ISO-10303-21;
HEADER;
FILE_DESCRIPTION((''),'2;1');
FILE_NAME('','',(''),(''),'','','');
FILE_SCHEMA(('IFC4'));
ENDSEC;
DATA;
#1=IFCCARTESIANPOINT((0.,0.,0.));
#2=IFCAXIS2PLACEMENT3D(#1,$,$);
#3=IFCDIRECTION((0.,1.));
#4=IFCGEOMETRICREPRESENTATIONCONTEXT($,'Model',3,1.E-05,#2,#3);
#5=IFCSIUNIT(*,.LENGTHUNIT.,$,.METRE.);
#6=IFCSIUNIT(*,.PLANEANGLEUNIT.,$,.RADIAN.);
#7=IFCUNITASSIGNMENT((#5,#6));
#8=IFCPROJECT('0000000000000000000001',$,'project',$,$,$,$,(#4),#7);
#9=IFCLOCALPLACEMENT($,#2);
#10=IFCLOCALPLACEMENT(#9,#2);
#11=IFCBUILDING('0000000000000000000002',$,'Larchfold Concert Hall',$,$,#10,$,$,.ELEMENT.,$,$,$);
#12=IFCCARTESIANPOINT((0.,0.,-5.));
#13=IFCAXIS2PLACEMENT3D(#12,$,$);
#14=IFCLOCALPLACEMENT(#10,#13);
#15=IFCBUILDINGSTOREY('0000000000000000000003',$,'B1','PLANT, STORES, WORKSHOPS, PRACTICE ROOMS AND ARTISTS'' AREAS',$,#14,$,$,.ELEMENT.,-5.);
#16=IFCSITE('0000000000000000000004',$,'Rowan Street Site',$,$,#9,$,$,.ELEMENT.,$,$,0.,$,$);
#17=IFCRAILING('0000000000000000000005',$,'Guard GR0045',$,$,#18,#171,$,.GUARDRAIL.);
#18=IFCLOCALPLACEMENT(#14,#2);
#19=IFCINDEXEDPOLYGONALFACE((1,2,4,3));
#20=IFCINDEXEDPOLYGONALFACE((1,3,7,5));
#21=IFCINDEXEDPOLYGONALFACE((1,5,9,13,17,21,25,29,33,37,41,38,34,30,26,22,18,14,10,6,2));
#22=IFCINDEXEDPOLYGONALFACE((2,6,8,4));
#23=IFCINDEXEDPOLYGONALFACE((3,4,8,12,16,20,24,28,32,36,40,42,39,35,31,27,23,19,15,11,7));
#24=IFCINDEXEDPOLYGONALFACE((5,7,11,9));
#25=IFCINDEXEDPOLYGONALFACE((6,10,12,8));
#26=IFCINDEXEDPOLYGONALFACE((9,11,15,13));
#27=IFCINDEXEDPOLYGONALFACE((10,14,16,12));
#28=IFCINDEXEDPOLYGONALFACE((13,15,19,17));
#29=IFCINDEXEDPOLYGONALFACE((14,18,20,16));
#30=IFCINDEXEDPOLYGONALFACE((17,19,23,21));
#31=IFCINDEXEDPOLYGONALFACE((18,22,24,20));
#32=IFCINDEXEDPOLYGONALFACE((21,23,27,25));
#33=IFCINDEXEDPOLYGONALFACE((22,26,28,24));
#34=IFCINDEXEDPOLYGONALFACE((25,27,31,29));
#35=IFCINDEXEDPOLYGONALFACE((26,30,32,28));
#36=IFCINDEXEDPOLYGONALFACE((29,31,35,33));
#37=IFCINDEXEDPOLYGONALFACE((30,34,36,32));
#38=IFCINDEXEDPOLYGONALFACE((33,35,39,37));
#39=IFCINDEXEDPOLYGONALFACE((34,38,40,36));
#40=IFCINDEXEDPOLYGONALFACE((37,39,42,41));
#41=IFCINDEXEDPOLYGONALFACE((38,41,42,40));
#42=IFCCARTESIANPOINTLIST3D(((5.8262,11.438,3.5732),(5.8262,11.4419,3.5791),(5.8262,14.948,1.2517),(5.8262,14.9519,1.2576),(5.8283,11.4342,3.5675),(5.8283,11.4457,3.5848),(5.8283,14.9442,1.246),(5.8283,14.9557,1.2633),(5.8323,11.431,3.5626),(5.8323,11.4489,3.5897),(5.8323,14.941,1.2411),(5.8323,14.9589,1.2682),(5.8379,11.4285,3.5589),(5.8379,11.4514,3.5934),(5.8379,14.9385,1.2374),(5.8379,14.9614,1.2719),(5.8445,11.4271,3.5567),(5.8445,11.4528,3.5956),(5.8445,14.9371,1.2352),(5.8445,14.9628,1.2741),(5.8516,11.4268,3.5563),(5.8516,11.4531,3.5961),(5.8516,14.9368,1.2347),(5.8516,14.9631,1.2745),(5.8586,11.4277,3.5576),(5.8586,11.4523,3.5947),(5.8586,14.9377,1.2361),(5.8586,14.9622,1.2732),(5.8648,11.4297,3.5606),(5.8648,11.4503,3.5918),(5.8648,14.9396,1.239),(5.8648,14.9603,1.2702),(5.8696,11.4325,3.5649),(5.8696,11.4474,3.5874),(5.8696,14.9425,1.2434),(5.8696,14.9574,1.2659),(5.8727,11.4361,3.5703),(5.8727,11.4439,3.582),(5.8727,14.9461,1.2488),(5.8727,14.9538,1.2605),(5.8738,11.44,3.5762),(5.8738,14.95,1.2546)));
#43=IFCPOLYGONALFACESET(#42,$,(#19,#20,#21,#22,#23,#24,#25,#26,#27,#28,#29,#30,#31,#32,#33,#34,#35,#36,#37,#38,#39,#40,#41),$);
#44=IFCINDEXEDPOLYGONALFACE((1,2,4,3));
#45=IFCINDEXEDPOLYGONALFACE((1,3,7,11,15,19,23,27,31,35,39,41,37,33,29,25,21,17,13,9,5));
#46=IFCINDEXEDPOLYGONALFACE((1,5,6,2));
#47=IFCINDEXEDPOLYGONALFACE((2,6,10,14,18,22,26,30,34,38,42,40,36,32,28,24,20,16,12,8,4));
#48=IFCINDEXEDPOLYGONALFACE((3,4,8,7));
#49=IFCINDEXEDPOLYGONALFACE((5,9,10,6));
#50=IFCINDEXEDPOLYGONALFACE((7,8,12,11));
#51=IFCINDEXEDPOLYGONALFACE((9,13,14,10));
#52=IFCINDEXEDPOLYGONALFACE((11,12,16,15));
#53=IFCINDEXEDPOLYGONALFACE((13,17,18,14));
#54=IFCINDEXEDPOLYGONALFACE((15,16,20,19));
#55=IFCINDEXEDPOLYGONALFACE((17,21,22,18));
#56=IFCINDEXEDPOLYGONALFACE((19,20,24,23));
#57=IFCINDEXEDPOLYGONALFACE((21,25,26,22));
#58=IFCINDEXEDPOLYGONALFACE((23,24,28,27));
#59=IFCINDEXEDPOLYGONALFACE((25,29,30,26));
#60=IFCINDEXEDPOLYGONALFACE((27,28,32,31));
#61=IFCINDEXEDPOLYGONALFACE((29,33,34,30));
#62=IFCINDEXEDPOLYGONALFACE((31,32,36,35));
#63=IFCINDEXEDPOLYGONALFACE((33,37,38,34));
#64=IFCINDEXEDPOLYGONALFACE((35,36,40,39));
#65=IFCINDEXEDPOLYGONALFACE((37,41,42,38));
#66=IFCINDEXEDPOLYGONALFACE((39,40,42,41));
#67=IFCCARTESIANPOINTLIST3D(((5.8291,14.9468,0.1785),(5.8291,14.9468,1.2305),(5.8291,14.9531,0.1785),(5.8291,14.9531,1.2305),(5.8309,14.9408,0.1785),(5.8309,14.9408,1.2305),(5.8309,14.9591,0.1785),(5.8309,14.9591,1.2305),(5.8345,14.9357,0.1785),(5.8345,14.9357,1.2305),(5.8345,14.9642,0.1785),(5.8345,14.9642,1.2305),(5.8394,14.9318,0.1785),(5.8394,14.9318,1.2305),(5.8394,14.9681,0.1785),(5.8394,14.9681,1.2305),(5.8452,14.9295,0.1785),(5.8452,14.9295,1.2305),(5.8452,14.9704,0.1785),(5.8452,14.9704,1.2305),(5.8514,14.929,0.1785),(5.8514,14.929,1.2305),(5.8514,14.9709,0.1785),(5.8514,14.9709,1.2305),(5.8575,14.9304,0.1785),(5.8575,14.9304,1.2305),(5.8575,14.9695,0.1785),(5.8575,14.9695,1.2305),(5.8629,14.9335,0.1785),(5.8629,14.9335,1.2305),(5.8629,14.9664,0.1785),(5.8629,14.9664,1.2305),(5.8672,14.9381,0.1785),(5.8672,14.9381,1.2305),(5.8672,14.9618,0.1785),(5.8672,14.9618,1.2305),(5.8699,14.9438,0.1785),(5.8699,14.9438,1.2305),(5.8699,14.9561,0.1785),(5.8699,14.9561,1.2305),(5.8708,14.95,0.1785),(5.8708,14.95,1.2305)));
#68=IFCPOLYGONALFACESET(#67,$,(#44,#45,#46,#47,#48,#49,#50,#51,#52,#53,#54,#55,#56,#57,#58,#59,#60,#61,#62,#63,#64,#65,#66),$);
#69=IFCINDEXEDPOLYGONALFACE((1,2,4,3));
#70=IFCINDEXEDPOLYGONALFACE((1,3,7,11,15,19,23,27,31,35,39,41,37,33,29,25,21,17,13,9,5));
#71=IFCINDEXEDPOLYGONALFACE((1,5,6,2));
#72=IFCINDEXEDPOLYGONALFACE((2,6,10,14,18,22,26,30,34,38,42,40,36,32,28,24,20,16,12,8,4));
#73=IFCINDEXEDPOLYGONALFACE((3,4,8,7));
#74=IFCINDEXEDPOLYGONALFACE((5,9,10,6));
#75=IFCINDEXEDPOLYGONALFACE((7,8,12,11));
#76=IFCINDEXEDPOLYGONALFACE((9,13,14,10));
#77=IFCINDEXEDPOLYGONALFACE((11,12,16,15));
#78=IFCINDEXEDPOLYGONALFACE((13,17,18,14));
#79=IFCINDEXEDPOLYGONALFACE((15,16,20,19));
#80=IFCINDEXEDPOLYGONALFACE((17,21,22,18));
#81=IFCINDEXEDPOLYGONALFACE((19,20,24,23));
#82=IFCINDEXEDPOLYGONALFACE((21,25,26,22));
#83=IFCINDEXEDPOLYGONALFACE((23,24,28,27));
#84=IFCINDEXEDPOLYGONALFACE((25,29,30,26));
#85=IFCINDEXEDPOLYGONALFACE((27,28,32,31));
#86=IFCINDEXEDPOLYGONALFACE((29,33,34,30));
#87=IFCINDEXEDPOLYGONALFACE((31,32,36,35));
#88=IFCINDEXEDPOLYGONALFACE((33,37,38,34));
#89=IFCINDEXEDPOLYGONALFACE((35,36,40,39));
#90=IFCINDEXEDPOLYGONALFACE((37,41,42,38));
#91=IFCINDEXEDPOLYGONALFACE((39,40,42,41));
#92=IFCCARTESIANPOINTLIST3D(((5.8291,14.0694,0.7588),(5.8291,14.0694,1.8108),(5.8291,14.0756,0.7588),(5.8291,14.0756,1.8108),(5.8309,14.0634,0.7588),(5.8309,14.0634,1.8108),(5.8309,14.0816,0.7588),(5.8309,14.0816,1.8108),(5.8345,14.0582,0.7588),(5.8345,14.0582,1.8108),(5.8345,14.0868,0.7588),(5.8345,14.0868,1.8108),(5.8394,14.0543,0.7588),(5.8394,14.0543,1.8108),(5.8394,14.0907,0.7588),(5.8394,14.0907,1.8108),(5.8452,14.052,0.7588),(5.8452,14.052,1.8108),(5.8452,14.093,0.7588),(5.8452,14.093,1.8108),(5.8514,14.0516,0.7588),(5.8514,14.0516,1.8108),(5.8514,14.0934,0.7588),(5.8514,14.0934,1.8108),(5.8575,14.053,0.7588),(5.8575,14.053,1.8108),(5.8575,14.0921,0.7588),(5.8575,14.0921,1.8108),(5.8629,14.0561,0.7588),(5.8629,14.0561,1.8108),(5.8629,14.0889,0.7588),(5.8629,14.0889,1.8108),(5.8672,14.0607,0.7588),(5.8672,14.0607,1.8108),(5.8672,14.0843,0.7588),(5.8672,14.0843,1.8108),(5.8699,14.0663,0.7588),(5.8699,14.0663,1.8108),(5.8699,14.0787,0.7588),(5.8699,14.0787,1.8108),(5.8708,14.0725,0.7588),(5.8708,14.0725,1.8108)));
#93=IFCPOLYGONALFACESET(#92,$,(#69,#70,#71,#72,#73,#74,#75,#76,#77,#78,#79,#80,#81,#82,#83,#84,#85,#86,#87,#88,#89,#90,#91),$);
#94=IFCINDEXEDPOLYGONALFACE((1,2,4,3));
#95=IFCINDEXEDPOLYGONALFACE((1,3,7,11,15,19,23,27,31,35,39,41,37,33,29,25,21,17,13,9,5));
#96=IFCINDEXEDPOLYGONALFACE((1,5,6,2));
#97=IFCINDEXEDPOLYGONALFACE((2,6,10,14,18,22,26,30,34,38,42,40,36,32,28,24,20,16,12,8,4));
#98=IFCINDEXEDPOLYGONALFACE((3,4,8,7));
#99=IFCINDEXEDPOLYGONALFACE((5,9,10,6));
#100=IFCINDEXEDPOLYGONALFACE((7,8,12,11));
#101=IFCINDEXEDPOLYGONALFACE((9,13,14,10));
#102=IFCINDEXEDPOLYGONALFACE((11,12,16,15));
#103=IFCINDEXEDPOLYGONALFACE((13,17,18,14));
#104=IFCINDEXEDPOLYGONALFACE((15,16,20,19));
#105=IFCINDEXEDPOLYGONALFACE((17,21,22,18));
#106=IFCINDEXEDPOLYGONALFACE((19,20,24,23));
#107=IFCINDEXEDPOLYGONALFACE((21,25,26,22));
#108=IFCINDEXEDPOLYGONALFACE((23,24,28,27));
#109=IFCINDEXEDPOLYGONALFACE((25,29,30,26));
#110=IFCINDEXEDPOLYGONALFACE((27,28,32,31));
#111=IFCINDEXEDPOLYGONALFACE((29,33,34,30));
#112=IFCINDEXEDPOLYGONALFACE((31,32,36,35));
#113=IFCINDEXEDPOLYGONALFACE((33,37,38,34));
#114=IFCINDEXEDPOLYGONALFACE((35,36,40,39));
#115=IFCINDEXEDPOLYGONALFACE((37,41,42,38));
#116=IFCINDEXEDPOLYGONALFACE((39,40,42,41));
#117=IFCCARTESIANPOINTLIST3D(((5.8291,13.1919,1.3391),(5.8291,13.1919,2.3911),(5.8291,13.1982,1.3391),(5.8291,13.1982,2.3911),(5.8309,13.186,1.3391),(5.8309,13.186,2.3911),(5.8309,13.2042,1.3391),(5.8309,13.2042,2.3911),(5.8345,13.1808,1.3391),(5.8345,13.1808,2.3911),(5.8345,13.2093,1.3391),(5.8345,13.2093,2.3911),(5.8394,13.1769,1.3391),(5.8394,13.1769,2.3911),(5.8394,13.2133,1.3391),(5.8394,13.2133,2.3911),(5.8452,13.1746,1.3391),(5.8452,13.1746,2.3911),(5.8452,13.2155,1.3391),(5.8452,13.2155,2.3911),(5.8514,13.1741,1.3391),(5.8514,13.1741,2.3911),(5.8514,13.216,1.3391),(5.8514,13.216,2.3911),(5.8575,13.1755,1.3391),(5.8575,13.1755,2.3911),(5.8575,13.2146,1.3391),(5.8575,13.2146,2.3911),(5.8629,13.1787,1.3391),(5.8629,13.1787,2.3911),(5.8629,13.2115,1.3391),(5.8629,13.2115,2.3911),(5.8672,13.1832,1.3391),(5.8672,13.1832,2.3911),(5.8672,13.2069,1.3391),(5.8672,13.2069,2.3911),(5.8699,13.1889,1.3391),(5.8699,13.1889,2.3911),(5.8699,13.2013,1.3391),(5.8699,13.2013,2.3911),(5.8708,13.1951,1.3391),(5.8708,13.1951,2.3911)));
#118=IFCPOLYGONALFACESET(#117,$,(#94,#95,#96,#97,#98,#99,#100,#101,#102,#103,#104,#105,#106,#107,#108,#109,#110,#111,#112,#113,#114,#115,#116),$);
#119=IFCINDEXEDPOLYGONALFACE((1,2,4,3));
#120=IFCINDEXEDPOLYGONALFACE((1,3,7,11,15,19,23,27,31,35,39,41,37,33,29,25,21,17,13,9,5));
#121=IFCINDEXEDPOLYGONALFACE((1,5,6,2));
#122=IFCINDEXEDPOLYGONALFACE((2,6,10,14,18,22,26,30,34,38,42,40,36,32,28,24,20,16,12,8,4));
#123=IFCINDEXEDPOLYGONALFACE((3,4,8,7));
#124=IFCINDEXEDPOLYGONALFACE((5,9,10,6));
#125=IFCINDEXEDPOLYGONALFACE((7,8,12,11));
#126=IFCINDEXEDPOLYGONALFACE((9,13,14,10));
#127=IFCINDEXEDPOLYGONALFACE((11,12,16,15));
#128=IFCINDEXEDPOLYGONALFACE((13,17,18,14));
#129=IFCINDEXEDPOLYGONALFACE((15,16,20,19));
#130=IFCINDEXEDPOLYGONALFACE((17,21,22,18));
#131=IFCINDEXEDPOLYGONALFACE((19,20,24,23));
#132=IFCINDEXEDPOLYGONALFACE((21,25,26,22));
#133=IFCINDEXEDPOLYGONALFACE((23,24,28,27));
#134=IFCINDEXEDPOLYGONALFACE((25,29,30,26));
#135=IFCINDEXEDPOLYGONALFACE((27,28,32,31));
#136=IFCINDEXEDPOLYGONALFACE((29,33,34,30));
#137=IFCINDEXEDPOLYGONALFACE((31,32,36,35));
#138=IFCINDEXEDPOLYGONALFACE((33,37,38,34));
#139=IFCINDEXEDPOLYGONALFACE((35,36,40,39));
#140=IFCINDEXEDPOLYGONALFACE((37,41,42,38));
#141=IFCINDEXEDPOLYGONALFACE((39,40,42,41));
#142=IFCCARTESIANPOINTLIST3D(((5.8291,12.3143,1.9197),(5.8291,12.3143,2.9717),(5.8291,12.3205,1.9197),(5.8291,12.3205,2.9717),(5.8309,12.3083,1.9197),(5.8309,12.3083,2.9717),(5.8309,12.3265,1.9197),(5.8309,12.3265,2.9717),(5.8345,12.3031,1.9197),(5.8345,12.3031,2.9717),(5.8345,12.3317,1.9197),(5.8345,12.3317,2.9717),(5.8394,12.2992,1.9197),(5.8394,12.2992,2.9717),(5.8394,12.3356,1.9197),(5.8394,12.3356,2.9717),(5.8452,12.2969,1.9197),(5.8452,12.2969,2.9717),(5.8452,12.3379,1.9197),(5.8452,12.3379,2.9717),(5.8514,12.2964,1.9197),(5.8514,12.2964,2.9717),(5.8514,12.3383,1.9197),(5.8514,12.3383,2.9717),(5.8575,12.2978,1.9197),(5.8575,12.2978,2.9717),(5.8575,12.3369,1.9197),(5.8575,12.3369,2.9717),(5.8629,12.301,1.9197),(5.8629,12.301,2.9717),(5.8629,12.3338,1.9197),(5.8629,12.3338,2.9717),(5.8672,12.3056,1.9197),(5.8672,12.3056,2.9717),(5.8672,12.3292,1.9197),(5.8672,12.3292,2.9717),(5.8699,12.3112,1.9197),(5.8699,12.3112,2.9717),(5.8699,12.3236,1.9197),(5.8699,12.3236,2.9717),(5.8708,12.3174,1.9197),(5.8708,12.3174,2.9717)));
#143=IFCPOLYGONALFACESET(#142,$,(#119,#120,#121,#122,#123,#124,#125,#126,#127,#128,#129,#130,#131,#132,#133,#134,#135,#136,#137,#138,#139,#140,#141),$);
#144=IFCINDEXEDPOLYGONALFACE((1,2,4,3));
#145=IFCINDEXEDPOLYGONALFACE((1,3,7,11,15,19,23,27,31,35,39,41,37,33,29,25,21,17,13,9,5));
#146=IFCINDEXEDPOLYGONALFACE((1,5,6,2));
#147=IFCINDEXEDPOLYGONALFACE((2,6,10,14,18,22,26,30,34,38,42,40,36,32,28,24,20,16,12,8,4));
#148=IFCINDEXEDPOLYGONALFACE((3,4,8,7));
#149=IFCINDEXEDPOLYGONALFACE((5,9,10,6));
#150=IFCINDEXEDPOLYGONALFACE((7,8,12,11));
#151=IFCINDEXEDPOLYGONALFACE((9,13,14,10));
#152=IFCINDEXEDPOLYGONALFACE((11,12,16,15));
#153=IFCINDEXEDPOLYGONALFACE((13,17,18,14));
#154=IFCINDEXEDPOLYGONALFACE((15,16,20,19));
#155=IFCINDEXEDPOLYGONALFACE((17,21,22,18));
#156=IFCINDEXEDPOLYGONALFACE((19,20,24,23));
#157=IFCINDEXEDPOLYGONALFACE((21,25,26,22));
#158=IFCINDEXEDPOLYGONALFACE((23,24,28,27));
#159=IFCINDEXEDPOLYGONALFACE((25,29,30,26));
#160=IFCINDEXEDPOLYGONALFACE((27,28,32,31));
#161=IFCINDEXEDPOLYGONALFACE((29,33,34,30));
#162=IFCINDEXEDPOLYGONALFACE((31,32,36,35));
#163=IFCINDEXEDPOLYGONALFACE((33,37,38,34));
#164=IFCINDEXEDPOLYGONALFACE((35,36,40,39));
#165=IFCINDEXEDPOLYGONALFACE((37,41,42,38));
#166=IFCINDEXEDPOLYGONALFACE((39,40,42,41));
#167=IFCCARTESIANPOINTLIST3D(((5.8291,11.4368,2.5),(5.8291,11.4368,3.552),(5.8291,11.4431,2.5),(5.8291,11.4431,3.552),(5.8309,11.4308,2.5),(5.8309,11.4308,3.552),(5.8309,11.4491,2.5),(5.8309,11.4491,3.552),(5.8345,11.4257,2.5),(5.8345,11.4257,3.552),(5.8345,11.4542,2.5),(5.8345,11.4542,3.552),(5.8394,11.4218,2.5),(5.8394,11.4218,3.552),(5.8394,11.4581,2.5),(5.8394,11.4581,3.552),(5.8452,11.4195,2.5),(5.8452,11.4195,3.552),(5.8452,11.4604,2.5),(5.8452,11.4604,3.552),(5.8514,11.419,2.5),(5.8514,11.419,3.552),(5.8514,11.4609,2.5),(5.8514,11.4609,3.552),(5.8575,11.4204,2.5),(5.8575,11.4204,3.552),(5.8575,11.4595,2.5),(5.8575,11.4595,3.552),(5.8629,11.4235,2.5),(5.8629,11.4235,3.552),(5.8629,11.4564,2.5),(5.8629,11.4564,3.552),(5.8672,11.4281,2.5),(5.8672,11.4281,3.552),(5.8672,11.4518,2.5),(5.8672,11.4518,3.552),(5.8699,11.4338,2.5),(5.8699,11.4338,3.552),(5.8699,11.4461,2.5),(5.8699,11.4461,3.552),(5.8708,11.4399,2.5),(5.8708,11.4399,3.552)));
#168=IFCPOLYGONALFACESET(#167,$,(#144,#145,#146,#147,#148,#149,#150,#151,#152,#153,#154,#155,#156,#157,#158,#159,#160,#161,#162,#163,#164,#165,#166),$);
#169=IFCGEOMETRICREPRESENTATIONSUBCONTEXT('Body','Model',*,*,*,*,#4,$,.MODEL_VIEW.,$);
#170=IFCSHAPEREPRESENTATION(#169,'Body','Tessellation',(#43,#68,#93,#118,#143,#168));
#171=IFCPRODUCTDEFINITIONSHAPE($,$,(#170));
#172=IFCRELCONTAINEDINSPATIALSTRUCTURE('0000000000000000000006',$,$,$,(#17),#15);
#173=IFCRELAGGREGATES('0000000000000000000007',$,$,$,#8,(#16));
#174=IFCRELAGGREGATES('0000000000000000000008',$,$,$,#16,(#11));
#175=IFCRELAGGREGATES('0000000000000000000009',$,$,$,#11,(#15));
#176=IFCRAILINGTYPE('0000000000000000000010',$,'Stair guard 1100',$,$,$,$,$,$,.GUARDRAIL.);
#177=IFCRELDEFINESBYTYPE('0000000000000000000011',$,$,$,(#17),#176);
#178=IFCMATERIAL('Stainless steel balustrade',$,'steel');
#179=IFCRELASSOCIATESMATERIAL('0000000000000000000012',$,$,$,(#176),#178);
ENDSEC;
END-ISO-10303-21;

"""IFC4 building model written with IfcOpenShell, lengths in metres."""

from ifc_helpers import new_model, si_unit, direction, frame, origin, origin_2d, place, context, subcontext, project, spatial, circle, extrude, material, type_object, element, save


model = new_model("IFC4")

# Units and contexts
model_context = context("Model", 3, precision=1e-05, world=origin(), true_north=direction((0.0, 1.0)))
body_context = subcontext(model_context, "Body", "Model", "MODEL_VIEW")
ifc_project = project(units=[si_unit("LENGTHUNIT", "METRE"), si_unit("PLANEANGLEUNIT", "RADIAN")], contexts=[model_context])

# Site, building, storey
site_placement = place(None, origin())
site = spatial("IfcSite", under=ifc_project, at=site_placement, Name="Rowan Street Site", CompositionType="ELEMENT", RefElevation=0.0)
building_placement = place(site_placement, origin())
building = spatial("IfcBuilding", under=site, at=building_placement, Name="Larchfold Concert Hall", CompositionType="ELEMENT")
storey_placement = place(building_placement, frame((0.0, 0.0, -5.0)))
storey = spatial("IfcBuildingStorey", under=building, at=storey_placement, Name="B1", Description="PLANT, STORES, WORKSHOPS, PRACTICE ROOMS AND ARTISTS' AREAS", CompositionType="ELEMENT", Elevation=-5.0)

# Railing
ifc_material_1 = material(Name="Stainless steel balustrade", Category="steel")
railing_type_1 = type_object("IfcRailingType", Name="Stair guard 1100", PredefinedType="GUARDRAIL", material=ifc_material_1)
railing_1_placement = place(storey_placement, frame((5.8499, 14.95, 0.1785)))
element("IfcRailing", 1, at=railing_1_placement, inside=storey, type_object=railing_type_1, Name="Guard GR0045", PredefinedType="GUARDRAIL", context=body_context, shape_type="SweptSolid", body=[
    extrude(circle(Radius=0.0239, at=origin_2d()), frame((0.0, 0.0, 1.0762), z_axis=(0.0, -0.834071, 0.551657), x_axis=(1.0, 0.0, 0.0)), (0.0, 0.0, 1.0), 4.2083),
    extrude(circle(Radius=0.021, at=origin_2d()), origin(), (0.0, 0.0, 1.0), 1.052),
    extrude(circle(Radius=0.021, at=origin_2d()), frame((0.0, -0.8774, 0.5803)), (0.0, 0.0, 1.0), 1.052),
    extrude(circle(Radius=0.021, at=origin_2d()), frame((0.0, -1.7549, 1.1606)), (0.0, 0.0, 1.0), 1.052),
    extrude(circle(Radius=0.021, at=origin_2d()), frame((0.0, -2.6326, 1.7412)), (0.0, 0.0, 1.0), 1.052),
    extrude(circle(Radius=0.021, at=origin_2d()), frame((0.0, -3.51, 2.3215)), (0.0, 0.0, 1.0), 1.052),
])

save(model, "model.ifc")
